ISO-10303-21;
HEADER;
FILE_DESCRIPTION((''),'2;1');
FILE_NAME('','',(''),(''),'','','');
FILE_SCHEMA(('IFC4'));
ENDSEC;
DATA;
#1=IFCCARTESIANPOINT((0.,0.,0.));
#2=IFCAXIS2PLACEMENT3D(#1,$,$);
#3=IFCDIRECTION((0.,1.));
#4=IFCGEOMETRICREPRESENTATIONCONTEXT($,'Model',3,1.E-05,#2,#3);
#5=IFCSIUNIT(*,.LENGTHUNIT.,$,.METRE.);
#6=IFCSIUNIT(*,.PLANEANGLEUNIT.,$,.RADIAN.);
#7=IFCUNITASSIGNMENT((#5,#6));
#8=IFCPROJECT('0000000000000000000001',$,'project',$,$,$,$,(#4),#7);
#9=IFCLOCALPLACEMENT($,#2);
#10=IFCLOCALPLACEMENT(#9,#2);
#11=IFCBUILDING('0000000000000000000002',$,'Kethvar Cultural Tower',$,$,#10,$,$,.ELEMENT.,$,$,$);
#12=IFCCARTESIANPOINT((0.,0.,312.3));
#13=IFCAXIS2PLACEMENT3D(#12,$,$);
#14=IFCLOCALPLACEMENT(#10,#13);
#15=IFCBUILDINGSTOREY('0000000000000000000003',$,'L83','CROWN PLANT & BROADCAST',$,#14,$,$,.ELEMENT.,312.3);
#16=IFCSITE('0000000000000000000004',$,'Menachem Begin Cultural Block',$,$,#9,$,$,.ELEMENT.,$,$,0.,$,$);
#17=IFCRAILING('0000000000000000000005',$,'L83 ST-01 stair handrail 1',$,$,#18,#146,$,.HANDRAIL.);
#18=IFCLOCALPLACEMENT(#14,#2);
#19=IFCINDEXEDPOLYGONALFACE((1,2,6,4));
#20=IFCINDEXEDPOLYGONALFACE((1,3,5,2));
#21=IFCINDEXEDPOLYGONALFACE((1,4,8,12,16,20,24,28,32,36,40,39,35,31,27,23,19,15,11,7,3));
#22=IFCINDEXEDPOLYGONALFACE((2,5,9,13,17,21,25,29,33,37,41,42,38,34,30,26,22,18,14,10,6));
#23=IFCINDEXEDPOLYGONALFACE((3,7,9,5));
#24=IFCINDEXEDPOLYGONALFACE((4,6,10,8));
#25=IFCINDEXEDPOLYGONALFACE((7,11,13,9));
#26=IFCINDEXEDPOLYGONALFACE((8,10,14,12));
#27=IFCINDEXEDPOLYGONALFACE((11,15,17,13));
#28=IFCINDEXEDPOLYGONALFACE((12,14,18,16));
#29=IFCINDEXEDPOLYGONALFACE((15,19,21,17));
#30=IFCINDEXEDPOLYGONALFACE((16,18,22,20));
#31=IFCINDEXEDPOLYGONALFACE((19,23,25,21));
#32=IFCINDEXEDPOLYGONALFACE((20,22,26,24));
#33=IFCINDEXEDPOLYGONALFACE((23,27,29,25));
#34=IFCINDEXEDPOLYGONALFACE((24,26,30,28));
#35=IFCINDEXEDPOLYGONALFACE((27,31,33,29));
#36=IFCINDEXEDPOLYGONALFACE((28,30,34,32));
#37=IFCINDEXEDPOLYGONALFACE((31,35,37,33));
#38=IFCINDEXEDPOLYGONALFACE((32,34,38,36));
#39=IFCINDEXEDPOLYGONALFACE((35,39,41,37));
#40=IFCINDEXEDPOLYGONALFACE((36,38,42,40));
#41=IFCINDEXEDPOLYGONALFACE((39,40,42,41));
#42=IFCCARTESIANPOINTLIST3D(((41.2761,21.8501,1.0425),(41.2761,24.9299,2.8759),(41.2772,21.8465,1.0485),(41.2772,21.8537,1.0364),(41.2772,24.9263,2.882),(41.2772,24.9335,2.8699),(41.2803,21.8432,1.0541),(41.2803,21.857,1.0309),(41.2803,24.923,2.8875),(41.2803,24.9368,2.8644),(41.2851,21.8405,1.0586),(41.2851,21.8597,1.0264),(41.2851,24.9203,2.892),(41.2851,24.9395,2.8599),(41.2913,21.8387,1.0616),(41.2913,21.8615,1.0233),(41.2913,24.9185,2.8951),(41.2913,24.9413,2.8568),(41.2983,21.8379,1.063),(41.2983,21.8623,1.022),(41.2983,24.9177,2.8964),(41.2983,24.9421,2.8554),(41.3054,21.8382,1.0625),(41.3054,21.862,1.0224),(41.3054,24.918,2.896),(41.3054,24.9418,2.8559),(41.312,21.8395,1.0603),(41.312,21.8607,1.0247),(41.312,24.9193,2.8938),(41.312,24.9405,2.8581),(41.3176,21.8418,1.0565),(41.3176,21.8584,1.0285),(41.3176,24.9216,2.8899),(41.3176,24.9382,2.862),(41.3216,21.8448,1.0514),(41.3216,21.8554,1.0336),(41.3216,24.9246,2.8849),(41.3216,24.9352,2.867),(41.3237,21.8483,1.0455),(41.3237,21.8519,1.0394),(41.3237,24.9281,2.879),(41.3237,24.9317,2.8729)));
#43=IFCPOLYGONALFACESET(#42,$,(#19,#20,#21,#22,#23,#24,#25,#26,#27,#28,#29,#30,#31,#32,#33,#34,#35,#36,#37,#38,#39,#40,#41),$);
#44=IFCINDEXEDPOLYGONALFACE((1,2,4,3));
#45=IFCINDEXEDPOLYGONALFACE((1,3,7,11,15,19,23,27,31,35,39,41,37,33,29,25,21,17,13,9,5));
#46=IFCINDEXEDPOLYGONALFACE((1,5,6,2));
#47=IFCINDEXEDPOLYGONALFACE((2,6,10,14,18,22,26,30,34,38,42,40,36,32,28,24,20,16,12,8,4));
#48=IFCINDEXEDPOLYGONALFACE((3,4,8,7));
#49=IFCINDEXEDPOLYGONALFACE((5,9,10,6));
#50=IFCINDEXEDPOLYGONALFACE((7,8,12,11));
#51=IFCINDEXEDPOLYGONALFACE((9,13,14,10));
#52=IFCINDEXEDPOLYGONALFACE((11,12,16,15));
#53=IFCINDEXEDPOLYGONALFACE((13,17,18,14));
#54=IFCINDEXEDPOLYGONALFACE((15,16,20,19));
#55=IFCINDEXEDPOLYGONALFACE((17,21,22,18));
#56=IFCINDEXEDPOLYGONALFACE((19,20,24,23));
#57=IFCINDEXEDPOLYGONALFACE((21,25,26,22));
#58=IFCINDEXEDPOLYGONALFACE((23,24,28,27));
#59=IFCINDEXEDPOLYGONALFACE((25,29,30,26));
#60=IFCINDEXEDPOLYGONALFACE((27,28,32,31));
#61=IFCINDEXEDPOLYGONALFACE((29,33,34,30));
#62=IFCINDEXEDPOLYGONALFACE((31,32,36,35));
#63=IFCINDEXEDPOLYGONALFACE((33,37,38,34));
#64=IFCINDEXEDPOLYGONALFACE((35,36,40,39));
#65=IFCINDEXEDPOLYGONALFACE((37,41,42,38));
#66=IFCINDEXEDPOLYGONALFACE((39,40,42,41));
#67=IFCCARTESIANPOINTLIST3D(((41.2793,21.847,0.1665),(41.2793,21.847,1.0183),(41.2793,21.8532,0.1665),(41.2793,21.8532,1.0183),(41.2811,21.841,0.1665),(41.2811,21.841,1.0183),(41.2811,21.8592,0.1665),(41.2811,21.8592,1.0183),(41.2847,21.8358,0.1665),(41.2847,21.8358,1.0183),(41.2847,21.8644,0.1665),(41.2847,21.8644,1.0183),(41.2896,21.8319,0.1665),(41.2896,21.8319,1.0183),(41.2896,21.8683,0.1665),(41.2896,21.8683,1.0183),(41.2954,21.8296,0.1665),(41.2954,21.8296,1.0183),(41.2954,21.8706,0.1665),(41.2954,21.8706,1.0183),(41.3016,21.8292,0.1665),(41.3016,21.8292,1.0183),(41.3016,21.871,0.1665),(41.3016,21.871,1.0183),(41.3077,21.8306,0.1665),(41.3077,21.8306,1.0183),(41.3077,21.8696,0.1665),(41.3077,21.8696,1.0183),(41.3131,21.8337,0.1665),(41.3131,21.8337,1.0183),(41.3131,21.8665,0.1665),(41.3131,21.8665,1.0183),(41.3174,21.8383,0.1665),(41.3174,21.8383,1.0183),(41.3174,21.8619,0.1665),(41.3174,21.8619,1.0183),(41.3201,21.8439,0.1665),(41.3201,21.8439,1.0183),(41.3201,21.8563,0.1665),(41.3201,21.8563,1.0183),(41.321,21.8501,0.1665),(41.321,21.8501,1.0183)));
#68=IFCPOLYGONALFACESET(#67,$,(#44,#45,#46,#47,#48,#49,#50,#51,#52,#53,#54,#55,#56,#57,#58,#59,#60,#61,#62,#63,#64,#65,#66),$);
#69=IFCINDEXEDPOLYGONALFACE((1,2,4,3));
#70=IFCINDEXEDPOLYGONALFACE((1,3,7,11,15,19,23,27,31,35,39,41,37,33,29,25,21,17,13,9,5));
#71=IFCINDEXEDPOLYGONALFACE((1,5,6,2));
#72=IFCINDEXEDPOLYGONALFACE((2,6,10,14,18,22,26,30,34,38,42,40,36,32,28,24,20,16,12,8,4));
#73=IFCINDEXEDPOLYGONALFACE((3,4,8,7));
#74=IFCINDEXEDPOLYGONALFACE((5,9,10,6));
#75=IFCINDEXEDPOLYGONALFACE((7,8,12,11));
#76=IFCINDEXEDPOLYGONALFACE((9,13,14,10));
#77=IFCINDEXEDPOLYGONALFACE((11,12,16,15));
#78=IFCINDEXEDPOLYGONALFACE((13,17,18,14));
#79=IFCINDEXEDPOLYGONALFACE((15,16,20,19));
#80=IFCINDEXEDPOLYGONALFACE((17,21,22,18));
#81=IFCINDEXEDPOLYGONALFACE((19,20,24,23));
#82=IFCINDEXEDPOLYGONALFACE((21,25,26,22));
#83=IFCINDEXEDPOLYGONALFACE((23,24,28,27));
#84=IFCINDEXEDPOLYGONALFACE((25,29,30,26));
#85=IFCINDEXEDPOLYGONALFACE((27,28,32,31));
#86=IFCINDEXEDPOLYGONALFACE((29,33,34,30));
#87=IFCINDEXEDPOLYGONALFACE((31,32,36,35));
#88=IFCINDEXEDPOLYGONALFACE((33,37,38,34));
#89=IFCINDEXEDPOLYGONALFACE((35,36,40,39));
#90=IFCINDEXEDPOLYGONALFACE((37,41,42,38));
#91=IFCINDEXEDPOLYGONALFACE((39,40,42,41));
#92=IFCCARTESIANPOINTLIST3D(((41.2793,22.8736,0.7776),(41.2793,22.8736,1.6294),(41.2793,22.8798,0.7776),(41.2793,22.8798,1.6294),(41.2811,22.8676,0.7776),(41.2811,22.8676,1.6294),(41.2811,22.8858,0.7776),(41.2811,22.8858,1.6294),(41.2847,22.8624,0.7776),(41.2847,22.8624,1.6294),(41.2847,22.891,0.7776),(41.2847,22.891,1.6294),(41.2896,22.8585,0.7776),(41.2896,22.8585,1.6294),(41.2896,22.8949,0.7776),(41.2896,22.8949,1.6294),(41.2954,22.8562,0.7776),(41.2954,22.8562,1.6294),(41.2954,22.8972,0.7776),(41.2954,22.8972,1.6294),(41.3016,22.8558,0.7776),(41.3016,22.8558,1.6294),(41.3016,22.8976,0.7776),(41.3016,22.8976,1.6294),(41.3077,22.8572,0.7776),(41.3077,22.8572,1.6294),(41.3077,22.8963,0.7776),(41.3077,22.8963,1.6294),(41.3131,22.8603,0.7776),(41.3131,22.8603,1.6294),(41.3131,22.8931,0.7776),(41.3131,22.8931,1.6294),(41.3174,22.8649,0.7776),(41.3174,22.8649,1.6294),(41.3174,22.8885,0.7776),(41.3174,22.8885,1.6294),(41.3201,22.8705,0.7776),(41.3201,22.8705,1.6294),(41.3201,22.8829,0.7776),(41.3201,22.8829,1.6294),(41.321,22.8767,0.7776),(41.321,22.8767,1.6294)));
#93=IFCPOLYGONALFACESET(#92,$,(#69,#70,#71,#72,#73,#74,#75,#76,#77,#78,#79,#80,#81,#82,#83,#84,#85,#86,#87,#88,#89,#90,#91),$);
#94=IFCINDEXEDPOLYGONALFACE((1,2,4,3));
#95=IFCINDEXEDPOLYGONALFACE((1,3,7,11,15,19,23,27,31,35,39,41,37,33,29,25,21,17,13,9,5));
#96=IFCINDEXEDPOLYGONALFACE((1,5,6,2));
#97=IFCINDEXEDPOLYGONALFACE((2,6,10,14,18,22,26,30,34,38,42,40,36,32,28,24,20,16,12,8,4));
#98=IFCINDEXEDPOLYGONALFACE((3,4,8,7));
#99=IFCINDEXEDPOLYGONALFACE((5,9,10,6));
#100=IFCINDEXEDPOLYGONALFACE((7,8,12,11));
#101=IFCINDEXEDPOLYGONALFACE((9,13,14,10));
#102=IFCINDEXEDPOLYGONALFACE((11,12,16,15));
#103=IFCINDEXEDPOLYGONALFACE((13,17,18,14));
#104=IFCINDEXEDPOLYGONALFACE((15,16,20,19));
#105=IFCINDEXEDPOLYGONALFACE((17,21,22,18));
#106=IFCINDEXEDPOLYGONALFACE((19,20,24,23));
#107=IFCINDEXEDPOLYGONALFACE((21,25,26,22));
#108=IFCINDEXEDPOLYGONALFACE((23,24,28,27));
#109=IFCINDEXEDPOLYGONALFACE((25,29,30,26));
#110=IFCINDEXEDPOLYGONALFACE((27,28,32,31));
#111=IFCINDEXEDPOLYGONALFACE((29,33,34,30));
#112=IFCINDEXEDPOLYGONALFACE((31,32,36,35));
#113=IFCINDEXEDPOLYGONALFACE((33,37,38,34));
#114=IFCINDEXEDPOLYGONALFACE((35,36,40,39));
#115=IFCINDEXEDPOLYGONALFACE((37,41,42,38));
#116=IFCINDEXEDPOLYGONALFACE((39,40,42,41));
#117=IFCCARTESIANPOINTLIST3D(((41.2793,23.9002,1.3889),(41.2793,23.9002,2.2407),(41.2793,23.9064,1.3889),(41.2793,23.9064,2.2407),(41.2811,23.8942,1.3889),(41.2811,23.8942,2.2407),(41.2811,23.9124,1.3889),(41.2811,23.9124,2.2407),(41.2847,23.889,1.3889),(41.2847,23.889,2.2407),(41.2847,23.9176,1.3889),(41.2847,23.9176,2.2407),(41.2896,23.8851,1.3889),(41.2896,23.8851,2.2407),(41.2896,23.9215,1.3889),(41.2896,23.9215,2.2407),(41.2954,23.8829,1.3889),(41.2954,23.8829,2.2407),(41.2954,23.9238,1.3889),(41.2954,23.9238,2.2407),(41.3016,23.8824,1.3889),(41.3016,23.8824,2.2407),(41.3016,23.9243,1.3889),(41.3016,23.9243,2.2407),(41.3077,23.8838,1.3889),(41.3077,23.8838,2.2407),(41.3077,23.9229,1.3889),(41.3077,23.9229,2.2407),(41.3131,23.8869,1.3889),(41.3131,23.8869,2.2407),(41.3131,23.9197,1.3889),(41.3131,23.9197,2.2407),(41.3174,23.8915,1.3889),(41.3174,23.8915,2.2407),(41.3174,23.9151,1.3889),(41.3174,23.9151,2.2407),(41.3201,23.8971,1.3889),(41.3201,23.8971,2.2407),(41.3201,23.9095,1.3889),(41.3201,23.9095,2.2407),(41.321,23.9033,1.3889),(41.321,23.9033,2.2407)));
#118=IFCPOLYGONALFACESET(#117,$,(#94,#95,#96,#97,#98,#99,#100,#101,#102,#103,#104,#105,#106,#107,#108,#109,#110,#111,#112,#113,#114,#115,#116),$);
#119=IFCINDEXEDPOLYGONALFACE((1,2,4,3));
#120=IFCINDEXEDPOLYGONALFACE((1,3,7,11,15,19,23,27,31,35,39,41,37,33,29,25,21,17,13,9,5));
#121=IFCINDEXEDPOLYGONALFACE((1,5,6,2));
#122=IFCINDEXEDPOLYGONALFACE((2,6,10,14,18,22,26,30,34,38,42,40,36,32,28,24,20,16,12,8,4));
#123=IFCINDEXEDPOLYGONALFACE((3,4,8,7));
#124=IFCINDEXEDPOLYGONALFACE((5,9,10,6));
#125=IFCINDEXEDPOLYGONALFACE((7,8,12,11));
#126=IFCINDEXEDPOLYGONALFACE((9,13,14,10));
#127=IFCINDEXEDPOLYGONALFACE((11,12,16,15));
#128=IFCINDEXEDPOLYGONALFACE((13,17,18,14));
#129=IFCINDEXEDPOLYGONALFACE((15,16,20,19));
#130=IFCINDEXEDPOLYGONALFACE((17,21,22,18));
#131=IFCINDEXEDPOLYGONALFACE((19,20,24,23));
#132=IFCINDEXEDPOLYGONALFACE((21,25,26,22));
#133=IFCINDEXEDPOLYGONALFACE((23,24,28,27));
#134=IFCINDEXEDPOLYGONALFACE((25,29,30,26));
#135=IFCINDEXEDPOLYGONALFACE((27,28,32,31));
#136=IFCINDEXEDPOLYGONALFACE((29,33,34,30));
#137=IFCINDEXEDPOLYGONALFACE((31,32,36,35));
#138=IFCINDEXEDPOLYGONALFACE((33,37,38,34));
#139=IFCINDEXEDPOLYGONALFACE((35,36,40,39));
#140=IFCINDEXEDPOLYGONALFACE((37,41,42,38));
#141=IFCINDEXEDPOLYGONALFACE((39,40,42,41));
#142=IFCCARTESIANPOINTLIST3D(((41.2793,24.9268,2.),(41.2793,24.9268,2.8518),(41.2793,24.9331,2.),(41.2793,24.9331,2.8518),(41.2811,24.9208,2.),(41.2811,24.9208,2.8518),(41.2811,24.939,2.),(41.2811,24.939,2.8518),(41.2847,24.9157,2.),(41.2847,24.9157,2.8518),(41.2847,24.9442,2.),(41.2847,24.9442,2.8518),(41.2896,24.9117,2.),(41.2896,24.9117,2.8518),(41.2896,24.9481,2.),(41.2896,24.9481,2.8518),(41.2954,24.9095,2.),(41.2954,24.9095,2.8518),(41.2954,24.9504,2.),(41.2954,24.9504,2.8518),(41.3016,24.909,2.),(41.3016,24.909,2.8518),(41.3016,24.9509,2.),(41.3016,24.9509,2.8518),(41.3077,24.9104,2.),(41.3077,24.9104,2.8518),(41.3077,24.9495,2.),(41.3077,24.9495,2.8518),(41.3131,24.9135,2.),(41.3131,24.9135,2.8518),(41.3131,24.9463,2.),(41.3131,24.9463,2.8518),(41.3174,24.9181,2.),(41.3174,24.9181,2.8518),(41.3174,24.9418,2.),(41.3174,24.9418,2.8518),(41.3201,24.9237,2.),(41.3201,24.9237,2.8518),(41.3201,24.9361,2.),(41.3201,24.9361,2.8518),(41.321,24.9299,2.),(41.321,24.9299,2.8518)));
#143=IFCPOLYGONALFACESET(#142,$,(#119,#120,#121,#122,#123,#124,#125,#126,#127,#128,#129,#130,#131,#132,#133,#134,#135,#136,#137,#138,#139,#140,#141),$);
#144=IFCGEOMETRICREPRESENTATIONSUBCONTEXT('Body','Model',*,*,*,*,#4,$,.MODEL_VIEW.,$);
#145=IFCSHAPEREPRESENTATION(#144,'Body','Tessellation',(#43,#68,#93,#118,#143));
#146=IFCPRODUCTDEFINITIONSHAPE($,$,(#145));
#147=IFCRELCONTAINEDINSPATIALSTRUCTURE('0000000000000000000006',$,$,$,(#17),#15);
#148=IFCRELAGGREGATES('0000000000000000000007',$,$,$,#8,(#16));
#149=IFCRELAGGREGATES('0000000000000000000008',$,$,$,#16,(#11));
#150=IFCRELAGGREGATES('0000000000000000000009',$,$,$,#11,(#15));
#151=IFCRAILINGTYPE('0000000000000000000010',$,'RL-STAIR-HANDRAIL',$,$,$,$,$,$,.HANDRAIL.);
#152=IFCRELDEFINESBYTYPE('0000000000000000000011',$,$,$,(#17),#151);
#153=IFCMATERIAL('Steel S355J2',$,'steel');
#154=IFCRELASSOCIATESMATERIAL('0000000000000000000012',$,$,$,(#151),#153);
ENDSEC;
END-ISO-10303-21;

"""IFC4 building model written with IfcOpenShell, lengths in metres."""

from ifc_helpers import new_model, si_unit, direction, frame, origin, origin_2d, place, context, subcontext, project, spatial, circle, extrude, material, type_object, element, save


model = new_model("IFC4")

# Units and contexts
model_context = context("Model", 3, precision=1e-05, world=origin(), true_north=direction((0.0, 1.0)))
body_context = subcontext(model_context, "Body", "Model", "MODEL_VIEW")
ifc_project = project(units=[si_unit("LENGTHUNIT", "METRE"), si_unit("PLANEANGLEUNIT", "RADIAN")], contexts=[model_context])

# Site, building, storey
site_placement = place(None, origin())
site = spatial("IfcSite", under=ifc_project, at=site_placement, Name="Menachem Begin Cultural Block", CompositionType="ELEMENT", RefElevation=0.0)
building_placement = place(site_placement, origin())
building = spatial("IfcBuilding", under=site, at=building_placement, Name="Kethvar Cultural Tower", CompositionType="ELEMENT")
storey_placement = place(building_placement, frame((0.0, 0.0, 312.3)))
storey = spatial("IfcBuildingStorey", under=building, at=storey_placement, Name="L83", Description="CROWN PLANT & BROADCAST", CompositionType="ELEMENT", Elevation=312.3)

# Shared definitions
ifc_material_1 = material(Name="Steel S355J2", Category="steel")

# Railing
railing_type_1 = type_object("IfcRailingType", Name="RL-STAIR-HANDRAIL", PredefinedType="HANDRAIL", material=ifc_material_1)
railing_1_placement = place(storey_placement, frame((41.3, 21.8501, 0.1665)))
element("IfcRailing", 1, at=railing_1_placement, inside=storey, type_object=railing_type_1, Name="L83 ST-01 stair handrail 1", PredefinedType="HANDRAIL", context=body_context, shape_type="SweptSolid", body=[
    extrude(circle(Radius=0.0239, at=origin_2d()), frame((0.0, 0.0, 0.876), z_axis=(0.0, 0.859261, 0.511538), x_axis=(-1.0, 0.0, 0.0)), (0.0, 0.0, 1.0), 3.5842),
    extrude(circle(Radius=0.021, at=origin_2d()), origin(), (0.0, 0.0, 1.0), 0.8518),
    extrude(circle(Radius=0.021, at=origin_2d()), frame((0.0, 1.0266, 0.6111)), (0.0, 0.0, 1.0), 0.8518),
    extrude(circle(Radius=0.021, at=origin_2d()), frame((0.0, 2.0532, 1.2224)), (0.0, 0.0, 1.0), 0.8518),
    extrude(circle(Radius=0.021, at=origin_2d()), frame((0.0, 3.0798, 1.8335)), (0.0, 0.0, 1.0), 0.8518),
])

save(model, "model.ifc")
